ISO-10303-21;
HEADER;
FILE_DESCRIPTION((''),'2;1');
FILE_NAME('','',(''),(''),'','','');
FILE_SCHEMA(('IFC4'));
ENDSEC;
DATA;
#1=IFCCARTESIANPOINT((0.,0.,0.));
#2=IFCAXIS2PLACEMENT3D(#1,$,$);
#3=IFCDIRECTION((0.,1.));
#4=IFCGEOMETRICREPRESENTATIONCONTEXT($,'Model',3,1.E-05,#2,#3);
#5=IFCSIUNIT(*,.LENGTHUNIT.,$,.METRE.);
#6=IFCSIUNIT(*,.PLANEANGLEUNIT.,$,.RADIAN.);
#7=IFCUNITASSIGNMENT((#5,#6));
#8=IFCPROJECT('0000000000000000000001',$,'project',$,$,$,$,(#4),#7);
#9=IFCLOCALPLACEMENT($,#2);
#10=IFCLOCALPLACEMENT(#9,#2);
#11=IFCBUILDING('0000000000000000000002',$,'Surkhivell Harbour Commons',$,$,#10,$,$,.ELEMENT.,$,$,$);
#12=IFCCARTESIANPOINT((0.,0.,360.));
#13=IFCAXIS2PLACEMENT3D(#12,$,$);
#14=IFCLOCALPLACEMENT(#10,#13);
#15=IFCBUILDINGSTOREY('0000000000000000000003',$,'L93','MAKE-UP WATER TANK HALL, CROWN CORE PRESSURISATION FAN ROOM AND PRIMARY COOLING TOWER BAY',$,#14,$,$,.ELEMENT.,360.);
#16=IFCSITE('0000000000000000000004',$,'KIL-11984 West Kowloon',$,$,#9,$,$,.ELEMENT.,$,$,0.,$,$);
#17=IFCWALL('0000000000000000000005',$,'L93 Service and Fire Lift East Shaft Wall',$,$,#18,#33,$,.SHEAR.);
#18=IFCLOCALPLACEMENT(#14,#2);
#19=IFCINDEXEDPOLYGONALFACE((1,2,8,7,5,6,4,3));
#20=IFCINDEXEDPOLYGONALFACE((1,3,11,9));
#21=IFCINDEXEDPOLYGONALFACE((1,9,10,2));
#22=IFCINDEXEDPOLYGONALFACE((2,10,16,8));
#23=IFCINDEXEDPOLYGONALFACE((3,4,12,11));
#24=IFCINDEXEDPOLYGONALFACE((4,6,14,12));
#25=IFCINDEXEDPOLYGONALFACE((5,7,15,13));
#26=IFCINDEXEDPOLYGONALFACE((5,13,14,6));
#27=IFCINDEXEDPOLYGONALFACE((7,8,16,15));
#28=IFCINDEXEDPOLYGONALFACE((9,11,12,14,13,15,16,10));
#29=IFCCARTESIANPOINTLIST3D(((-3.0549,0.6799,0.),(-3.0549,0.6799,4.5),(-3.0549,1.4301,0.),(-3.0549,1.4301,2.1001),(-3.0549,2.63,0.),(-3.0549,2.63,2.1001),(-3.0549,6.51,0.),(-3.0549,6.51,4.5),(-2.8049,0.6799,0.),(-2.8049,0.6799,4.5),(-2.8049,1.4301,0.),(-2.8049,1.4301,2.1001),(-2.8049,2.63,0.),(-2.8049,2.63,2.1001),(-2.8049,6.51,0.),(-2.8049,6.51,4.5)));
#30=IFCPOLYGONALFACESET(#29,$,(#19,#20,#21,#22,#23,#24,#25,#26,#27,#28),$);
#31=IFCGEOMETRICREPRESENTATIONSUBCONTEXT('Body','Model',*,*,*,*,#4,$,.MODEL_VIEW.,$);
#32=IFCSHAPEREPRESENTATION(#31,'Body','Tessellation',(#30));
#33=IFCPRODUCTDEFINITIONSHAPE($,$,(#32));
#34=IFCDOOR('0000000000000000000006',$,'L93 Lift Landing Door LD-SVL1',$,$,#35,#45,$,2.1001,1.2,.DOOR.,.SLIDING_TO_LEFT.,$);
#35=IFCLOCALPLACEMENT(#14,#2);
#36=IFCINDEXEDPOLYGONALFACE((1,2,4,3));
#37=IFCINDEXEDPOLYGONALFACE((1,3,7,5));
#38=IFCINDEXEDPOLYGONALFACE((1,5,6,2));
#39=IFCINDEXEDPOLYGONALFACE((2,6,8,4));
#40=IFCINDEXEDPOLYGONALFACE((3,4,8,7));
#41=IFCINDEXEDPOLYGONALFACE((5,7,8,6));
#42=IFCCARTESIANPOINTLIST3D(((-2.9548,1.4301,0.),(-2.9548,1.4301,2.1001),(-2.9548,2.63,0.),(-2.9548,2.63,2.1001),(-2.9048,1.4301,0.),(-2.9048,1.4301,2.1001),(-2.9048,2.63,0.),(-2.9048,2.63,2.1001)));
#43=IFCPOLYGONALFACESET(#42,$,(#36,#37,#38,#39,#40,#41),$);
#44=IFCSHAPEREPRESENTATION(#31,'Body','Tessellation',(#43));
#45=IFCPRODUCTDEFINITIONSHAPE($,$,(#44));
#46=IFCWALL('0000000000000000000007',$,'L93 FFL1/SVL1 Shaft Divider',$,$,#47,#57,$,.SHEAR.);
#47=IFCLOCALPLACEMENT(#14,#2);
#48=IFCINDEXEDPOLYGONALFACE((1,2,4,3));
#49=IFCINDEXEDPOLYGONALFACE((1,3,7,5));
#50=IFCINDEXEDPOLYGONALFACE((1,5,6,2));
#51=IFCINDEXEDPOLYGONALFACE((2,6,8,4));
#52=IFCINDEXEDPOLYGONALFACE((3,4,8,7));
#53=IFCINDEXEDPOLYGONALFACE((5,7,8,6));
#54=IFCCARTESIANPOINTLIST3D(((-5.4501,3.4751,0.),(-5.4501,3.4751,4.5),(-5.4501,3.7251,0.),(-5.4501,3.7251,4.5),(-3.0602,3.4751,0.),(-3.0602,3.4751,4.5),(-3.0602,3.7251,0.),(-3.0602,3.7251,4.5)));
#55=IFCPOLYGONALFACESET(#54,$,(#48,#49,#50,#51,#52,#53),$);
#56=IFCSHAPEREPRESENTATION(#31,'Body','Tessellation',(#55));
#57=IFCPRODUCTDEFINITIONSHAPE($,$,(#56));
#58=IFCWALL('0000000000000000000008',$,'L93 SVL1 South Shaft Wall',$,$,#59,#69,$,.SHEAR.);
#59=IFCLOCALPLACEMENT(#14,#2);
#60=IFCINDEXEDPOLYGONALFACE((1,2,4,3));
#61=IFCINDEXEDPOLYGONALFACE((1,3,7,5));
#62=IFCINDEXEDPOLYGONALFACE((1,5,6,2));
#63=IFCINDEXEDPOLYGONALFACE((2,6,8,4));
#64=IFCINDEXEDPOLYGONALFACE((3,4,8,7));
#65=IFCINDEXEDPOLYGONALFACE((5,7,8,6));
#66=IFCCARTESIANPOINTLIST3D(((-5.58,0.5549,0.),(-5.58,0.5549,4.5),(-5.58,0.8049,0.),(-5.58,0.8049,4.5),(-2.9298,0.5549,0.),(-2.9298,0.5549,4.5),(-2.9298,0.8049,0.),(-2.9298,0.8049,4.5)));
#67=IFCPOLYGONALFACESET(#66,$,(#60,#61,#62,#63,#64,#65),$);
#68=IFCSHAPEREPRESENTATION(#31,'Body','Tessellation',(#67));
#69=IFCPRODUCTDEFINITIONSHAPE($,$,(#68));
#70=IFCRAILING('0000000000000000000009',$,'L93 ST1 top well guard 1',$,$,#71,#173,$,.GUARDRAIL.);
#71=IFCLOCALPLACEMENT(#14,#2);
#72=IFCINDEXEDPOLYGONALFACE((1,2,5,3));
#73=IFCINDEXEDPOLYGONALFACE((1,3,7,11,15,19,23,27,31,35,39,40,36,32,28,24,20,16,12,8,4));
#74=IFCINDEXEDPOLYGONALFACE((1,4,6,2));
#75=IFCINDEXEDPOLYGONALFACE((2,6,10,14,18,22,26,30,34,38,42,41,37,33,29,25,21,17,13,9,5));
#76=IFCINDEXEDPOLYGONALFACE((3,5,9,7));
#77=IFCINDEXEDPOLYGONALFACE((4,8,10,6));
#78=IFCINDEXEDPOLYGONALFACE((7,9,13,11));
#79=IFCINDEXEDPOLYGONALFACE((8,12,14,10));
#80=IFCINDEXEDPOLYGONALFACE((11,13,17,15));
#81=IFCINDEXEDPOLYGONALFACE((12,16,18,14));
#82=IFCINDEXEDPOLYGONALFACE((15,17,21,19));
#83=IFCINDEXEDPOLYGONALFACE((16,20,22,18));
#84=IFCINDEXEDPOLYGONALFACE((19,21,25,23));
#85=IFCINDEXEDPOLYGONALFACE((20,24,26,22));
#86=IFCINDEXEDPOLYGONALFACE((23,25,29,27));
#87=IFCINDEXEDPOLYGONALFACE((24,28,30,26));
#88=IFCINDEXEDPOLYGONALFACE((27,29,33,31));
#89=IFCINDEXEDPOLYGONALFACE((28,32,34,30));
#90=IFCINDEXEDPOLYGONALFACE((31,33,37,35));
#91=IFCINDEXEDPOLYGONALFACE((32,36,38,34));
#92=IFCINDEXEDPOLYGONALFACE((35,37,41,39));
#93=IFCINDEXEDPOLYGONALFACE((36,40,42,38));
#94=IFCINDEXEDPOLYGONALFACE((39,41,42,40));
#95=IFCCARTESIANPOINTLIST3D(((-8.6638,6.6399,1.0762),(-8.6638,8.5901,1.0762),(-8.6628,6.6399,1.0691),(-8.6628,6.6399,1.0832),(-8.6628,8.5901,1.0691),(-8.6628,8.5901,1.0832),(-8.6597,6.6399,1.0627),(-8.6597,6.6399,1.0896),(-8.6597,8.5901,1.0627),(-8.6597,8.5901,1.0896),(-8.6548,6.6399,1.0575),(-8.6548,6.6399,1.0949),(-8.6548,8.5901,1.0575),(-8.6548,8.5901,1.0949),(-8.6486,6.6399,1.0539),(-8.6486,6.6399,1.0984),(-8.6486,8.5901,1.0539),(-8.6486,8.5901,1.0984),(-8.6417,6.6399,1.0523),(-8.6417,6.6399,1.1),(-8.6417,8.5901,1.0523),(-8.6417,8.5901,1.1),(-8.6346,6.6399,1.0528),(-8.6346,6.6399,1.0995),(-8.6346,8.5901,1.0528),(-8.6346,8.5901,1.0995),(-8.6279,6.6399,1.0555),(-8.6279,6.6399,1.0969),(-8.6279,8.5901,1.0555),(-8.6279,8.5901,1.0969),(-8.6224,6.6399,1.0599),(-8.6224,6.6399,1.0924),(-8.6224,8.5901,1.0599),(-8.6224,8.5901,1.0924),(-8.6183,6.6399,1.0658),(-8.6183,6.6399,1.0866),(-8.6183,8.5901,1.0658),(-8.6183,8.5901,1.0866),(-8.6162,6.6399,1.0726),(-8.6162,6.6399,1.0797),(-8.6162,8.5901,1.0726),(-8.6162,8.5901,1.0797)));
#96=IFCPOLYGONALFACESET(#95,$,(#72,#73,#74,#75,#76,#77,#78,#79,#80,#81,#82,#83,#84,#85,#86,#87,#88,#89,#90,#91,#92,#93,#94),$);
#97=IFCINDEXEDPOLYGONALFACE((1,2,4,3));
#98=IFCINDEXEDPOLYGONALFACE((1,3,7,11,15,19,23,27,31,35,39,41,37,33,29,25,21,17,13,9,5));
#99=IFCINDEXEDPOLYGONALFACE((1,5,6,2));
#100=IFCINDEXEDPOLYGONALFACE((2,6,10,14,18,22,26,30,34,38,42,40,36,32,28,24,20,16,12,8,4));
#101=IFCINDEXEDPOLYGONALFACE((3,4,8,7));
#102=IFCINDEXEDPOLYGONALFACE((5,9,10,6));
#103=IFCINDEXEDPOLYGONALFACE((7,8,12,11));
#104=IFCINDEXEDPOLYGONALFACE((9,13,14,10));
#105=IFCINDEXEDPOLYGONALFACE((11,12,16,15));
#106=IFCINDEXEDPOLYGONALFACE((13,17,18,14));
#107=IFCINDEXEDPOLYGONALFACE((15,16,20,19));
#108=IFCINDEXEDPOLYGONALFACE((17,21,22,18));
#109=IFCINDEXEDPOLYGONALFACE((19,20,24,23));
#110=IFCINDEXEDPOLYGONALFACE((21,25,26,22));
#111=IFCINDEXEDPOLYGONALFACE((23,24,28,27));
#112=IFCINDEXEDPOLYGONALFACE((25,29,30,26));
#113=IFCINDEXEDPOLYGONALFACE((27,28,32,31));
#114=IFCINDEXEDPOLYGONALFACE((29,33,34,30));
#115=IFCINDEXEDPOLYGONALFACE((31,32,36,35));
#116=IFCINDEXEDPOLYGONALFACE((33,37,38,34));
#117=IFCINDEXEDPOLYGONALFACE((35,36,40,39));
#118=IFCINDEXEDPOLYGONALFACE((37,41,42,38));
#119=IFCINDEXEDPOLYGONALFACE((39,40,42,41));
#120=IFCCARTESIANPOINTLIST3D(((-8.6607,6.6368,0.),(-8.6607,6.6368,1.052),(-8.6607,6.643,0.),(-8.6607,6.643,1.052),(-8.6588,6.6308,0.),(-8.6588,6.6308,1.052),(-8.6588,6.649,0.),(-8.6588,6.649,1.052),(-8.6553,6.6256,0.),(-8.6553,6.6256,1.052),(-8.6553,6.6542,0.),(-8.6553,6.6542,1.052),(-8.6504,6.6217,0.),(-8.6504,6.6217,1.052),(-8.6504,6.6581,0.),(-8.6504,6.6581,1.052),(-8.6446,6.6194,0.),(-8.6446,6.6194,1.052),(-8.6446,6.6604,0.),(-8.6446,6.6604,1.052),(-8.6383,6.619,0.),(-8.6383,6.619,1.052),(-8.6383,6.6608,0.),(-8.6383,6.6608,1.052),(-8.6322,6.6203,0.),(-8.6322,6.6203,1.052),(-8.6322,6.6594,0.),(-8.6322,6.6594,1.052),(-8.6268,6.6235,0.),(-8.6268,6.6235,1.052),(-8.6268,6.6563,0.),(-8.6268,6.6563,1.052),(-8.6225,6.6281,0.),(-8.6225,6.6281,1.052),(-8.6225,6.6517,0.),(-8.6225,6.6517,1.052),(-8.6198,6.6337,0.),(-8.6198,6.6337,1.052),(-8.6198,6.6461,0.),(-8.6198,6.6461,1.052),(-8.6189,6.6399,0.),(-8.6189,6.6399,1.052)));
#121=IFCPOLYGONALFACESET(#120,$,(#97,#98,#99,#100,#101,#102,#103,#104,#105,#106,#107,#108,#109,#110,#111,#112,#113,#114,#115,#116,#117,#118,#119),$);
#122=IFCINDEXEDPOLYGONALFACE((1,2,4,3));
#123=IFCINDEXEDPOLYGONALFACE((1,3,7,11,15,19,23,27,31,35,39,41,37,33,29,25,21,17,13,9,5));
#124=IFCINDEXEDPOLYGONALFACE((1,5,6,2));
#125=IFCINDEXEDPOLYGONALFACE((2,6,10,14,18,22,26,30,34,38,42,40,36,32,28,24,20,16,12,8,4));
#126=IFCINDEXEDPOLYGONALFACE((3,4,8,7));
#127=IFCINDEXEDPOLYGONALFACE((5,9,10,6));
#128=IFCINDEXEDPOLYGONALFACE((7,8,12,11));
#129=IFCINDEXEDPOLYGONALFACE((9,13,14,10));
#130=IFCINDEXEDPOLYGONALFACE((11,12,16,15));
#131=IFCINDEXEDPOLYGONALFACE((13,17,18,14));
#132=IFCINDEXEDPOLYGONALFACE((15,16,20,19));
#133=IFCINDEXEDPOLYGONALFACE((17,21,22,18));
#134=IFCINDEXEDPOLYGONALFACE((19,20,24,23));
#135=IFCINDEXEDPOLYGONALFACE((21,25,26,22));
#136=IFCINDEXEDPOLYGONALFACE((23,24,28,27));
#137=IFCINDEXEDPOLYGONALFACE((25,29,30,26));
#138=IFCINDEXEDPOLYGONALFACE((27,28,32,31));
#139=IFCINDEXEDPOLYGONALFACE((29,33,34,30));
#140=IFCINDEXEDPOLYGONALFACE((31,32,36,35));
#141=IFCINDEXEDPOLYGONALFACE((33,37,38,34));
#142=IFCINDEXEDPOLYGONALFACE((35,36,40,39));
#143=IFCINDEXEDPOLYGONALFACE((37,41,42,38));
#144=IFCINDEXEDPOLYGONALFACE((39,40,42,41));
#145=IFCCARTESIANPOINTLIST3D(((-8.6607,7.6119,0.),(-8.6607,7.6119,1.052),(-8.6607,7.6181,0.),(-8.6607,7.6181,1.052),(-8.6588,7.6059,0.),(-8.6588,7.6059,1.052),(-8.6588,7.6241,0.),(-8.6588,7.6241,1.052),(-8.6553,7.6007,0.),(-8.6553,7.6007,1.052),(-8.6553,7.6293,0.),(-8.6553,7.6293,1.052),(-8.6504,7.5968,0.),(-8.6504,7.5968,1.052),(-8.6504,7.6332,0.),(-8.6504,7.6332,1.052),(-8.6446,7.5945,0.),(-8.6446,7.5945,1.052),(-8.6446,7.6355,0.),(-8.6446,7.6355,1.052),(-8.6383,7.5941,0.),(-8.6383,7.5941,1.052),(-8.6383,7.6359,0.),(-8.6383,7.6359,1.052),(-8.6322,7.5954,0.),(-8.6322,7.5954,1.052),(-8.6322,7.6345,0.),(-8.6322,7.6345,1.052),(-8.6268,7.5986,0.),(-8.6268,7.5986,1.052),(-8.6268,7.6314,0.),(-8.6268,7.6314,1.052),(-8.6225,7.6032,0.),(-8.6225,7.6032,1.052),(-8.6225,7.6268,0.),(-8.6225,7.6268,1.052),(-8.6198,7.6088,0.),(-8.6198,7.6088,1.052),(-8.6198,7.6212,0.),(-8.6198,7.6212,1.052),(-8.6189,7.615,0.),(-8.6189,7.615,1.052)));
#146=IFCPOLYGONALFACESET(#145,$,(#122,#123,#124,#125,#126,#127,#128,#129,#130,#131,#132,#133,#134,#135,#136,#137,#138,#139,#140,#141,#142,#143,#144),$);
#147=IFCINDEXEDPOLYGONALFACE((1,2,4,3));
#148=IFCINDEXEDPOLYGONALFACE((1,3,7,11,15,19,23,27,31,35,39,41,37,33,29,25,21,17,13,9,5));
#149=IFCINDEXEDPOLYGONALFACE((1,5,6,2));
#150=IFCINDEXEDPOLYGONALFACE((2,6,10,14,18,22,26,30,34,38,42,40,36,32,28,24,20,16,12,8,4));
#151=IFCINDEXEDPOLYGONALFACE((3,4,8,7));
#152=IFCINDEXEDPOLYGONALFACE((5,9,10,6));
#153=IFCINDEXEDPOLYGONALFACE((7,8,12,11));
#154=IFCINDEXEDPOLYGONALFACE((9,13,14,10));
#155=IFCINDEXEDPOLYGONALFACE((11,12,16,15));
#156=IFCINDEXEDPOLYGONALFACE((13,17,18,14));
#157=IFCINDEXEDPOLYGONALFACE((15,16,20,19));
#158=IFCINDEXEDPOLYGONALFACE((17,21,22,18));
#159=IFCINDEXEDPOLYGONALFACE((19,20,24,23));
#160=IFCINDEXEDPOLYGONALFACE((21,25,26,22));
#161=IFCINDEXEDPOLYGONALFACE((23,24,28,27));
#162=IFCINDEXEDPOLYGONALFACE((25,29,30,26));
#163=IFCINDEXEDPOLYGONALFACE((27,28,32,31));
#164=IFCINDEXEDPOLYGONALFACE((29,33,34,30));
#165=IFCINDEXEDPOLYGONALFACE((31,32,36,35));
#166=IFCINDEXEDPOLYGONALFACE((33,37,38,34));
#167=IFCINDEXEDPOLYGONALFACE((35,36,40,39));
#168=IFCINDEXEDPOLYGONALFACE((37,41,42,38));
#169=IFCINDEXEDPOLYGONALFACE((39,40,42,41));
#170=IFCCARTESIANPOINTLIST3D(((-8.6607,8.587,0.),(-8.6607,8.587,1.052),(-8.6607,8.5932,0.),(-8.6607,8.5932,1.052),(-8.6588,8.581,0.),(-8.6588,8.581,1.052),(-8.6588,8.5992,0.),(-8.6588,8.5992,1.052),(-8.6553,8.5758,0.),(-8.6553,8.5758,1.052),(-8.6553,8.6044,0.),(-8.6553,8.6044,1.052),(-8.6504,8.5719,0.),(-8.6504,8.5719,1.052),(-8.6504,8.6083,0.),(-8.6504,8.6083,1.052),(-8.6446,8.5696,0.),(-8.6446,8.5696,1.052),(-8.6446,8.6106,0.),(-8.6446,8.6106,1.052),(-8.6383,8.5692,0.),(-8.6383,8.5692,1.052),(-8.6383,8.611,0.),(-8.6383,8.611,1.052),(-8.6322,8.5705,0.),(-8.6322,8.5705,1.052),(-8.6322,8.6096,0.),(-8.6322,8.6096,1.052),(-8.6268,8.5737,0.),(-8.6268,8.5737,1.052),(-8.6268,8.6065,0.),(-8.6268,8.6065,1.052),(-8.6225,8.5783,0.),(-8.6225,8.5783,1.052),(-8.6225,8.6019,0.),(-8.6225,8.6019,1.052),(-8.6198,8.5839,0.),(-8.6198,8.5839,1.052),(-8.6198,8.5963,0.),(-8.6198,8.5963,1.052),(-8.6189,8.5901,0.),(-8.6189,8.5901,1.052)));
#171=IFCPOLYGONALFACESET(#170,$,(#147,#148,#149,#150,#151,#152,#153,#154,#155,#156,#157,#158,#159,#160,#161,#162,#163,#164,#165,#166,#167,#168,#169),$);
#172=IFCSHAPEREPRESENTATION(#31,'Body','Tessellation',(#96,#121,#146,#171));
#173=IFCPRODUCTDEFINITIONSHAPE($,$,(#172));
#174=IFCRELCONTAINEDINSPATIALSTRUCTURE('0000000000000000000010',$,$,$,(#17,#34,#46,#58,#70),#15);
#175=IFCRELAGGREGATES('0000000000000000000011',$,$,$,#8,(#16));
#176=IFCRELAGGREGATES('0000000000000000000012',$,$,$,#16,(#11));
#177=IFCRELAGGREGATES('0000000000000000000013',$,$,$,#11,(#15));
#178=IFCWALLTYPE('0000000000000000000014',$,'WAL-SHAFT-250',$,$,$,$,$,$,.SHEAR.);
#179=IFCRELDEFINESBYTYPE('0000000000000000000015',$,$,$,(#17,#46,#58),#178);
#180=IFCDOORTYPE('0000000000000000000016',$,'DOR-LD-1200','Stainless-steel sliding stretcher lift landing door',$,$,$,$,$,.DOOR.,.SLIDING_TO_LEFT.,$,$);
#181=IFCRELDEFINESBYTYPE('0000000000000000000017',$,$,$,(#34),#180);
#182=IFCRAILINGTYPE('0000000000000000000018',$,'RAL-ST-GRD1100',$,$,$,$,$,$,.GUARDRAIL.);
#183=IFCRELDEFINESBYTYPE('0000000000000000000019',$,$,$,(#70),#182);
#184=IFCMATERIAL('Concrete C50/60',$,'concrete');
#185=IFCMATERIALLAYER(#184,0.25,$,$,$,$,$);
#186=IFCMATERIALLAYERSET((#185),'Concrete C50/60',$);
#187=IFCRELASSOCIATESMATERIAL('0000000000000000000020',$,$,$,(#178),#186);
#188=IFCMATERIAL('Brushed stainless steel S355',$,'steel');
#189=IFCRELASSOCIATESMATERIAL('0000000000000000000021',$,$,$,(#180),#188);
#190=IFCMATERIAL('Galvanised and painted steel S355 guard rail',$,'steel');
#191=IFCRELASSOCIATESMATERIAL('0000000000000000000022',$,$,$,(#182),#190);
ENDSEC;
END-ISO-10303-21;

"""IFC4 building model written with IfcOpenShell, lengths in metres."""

from ifc_helpers import new_model, si_unit, direction, frame, frame_2d, origin, origin_2d, place, context, subcontext, project, spatial, rectangle, circle, extrude, material, layer, layer_set, type_object, element, fill, save


model = new_model("IFC4")

# Units and contexts
model_context = context("Model", 3, precision=1e-05, world=origin(), true_north=direction((0.0, 1.0)))
body_context = subcontext(model_context, "Body", "Model", "MODEL_VIEW")
ifc_project = project(units=[si_unit("LENGTHUNIT", "METRE"), si_unit("PLANEANGLEUNIT", "RADIAN")], contexts=[model_context])

# Site, building, storey
site_placement = place(None, origin())
site = spatial("IfcSite", under=ifc_project, at=site_placement, Name="KIL-11984 West Kowloon", CompositionType="ELEMENT", RefElevation=0.0)
building_placement = place(site_placement, origin())
building = spatial("IfcBuilding", under=site, at=building_placement, Name="Surkhivell Harbour Commons", CompositionType="ELEMENT")
storey_placement = place(building_placement, frame((0.0, 0.0, 360.0)))
storey = spatial("IfcBuildingStorey", under=building, at=storey_placement, Name="L93", Description="MAKE-UP WATER TANK HALL, CROWN CORE PRESSURISATION FAN ROOM AND PRIMARY COOLING TOWER BAY", CompositionType="ELEMENT", Elevation=360.0)

# Shared definitions
ifc_material_1 = material(Name="Concrete C50/60", Category="concrete")

# Wall, opening, door
ifc_layer_1 = layer(ifc_material_1, 0.25)
ifc_layer_set_1 = layer_set([ifc_layer_1], Name="Concrete C50/60")
wall_type_1 = type_object("IfcWallType", Name="WAL-SHAFT-250", PredefinedType="SHEAR", material=ifc_layer_set_1)
ifc_material_2 = material(Name="Brushed stainless steel S355", Category="steel")
wall_1_placement = place(storey_placement, frame((-2.9299, 0.6799, 0.0), z_axis=(0.0, 0.0, 1.0), x_axis=(0.0, 1.0, 0.0)))
wall_1 = element("IfcWall", 1, at=wall_1_placement, inside=storey, type_object=wall_type_1, Name="L93 Service and Fire Lift East Shaft Wall", PredefinedType="SHEAR", context=body_context, shape_type="SweptSolid", body=[
    extrude(rectangle(XDim=5.8301, YDim=0.25, at=frame_2d((2.915, 0.0))), origin(), (0.0, 0.0, 1.0), 4.5),
])
opening_1_placement = place(wall_1_placement, frame((0.75, 0.0, 0.0)))
opening_1 = element("IfcOpeningElement", 2, at=opening_1_placement, cuts=wall_1, PredefinedType="OPENING", context=body_context, shape_type="SweptSolid", body=[
    extrude(rectangle(XDim=1.2, YDim=2.1001, at=frame_2d((0.6001, 1.05))), frame((0.0, 0.135, 0.0), z_axis=(0.0, -1.0, 0.0), x_axis=(1.0, 0.0, 0.0)), (0.0, 0.0, 1.0), 0.27),
])
door_type_1 = type_object("IfcDoorType", Name="DOR-LD-1200", Description="Stainless-steel sliding stretcher lift landing door", OperationType="SLIDING_TO_LEFT", PredefinedType="DOOR", material=ifc_material_2)
door_1_placement = place(opening_1_placement, origin())
door_1 = element("IfcDoor", 3, at=door_1_placement, inside=storey, type_object=door_type_1, Name="L93 Lift Landing Door LD-SVL1", OperationType="SLIDING_TO_LEFT", OverallHeight=2.1001, OverallWidth=1.2, PredefinedType="DOOR", context=body_context, shape_type="SweptSolid", body=[
    extrude(rectangle(XDim=1.2, YDim=2.1001, at=frame_2d((0.6001, 1.05))), frame((0.0, 0.0249, 0.0), z_axis=(0.0, -1.0, 0.0), x_axis=(1.0, 0.0, 0.0)), (0.0, 0.0, 1.0), 0.05),
])
fill(opening_1, door_1)

# Walls
wall_2_placement = place(storey_placement, frame((-5.45, 3.6001, 0.0), z_axis=(0.0, 0.0, 1.0), x_axis=(1.0, 0.0, 0.0)))
element("IfcWall", 4, at=wall_2_placement, inside=storey, type_object=wall_type_1, Name="L93 FFL1/SVL1 Shaft Divider", PredefinedType="SHEAR", context=body_context, shape_type="SweptSolid", body=[
    extrude(rectangle(XDim=2.3899, YDim=0.25, at=frame_2d((1.1948, 0.0))), origin(), (0.0, 0.0, 1.0), 4.5),
])
wall_3_placement = place(storey_placement, frame((-5.5801, 0.6799, 0.0), z_axis=(0.0, 0.0, 1.0), x_axis=(1.0, 0.0, 0.0)))
element("IfcWall", 5, at=wall_3_placement, inside=storey, type_object=wall_type_1, Name="L93 SVL1 South Shaft Wall", PredefinedType="SHEAR", context=body_context, shape_type="SweptSolid", body=[
    extrude(rectangle(XDim=2.6501, YDim=0.25, at=frame_2d((1.3252, 0.0))), origin(), (0.0, 0.0, 1.0), 4.5),
])

# Railing
ifc_material_3 = material(Name="Galvanised and painted steel S355 guard rail", Category="steel")
railing_type = type_object("IfcRailingType", Name="RAL-ST-GRD1100", PredefinedType="GUARDRAIL", material=ifc_material_3)
railing_placement = place(storey_placement, frame((-8.6399, 6.6399, 0.0)))
element("IfcRailing", 6, at=railing_placement, inside=storey, type_object=railing_type, Name="L93 ST1 top well guard 1", PredefinedType="GUARDRAIL", context=body_context, shape_type="SweptSolid", body=[
    extrude(circle(Radius=0.0239, at=origin_2d()), frame((0.0, 0.0, 1.0762), z_axis=(0.0, 1.0, 0.0), x_axis=(-1.0, 0.0, 0.0)), (0.0, 0.0, 1.0), 1.9502),
    extrude(circle(Radius=0.021, at=origin_2d()), origin(), (0.0, 0.0, 1.0), 1.052),
    extrude(circle(Radius=0.021, at=origin_2d()), frame((0.0, 0.9751, 0.0)), (0.0, 0.0, 1.0), 1.052),
    extrude(circle(Radius=0.021, at=origin_2d()), frame((0.0, 1.9502, 0.0)), (0.0, 0.0, 1.0), 1.052),
])

save(model, "model.ifc")
